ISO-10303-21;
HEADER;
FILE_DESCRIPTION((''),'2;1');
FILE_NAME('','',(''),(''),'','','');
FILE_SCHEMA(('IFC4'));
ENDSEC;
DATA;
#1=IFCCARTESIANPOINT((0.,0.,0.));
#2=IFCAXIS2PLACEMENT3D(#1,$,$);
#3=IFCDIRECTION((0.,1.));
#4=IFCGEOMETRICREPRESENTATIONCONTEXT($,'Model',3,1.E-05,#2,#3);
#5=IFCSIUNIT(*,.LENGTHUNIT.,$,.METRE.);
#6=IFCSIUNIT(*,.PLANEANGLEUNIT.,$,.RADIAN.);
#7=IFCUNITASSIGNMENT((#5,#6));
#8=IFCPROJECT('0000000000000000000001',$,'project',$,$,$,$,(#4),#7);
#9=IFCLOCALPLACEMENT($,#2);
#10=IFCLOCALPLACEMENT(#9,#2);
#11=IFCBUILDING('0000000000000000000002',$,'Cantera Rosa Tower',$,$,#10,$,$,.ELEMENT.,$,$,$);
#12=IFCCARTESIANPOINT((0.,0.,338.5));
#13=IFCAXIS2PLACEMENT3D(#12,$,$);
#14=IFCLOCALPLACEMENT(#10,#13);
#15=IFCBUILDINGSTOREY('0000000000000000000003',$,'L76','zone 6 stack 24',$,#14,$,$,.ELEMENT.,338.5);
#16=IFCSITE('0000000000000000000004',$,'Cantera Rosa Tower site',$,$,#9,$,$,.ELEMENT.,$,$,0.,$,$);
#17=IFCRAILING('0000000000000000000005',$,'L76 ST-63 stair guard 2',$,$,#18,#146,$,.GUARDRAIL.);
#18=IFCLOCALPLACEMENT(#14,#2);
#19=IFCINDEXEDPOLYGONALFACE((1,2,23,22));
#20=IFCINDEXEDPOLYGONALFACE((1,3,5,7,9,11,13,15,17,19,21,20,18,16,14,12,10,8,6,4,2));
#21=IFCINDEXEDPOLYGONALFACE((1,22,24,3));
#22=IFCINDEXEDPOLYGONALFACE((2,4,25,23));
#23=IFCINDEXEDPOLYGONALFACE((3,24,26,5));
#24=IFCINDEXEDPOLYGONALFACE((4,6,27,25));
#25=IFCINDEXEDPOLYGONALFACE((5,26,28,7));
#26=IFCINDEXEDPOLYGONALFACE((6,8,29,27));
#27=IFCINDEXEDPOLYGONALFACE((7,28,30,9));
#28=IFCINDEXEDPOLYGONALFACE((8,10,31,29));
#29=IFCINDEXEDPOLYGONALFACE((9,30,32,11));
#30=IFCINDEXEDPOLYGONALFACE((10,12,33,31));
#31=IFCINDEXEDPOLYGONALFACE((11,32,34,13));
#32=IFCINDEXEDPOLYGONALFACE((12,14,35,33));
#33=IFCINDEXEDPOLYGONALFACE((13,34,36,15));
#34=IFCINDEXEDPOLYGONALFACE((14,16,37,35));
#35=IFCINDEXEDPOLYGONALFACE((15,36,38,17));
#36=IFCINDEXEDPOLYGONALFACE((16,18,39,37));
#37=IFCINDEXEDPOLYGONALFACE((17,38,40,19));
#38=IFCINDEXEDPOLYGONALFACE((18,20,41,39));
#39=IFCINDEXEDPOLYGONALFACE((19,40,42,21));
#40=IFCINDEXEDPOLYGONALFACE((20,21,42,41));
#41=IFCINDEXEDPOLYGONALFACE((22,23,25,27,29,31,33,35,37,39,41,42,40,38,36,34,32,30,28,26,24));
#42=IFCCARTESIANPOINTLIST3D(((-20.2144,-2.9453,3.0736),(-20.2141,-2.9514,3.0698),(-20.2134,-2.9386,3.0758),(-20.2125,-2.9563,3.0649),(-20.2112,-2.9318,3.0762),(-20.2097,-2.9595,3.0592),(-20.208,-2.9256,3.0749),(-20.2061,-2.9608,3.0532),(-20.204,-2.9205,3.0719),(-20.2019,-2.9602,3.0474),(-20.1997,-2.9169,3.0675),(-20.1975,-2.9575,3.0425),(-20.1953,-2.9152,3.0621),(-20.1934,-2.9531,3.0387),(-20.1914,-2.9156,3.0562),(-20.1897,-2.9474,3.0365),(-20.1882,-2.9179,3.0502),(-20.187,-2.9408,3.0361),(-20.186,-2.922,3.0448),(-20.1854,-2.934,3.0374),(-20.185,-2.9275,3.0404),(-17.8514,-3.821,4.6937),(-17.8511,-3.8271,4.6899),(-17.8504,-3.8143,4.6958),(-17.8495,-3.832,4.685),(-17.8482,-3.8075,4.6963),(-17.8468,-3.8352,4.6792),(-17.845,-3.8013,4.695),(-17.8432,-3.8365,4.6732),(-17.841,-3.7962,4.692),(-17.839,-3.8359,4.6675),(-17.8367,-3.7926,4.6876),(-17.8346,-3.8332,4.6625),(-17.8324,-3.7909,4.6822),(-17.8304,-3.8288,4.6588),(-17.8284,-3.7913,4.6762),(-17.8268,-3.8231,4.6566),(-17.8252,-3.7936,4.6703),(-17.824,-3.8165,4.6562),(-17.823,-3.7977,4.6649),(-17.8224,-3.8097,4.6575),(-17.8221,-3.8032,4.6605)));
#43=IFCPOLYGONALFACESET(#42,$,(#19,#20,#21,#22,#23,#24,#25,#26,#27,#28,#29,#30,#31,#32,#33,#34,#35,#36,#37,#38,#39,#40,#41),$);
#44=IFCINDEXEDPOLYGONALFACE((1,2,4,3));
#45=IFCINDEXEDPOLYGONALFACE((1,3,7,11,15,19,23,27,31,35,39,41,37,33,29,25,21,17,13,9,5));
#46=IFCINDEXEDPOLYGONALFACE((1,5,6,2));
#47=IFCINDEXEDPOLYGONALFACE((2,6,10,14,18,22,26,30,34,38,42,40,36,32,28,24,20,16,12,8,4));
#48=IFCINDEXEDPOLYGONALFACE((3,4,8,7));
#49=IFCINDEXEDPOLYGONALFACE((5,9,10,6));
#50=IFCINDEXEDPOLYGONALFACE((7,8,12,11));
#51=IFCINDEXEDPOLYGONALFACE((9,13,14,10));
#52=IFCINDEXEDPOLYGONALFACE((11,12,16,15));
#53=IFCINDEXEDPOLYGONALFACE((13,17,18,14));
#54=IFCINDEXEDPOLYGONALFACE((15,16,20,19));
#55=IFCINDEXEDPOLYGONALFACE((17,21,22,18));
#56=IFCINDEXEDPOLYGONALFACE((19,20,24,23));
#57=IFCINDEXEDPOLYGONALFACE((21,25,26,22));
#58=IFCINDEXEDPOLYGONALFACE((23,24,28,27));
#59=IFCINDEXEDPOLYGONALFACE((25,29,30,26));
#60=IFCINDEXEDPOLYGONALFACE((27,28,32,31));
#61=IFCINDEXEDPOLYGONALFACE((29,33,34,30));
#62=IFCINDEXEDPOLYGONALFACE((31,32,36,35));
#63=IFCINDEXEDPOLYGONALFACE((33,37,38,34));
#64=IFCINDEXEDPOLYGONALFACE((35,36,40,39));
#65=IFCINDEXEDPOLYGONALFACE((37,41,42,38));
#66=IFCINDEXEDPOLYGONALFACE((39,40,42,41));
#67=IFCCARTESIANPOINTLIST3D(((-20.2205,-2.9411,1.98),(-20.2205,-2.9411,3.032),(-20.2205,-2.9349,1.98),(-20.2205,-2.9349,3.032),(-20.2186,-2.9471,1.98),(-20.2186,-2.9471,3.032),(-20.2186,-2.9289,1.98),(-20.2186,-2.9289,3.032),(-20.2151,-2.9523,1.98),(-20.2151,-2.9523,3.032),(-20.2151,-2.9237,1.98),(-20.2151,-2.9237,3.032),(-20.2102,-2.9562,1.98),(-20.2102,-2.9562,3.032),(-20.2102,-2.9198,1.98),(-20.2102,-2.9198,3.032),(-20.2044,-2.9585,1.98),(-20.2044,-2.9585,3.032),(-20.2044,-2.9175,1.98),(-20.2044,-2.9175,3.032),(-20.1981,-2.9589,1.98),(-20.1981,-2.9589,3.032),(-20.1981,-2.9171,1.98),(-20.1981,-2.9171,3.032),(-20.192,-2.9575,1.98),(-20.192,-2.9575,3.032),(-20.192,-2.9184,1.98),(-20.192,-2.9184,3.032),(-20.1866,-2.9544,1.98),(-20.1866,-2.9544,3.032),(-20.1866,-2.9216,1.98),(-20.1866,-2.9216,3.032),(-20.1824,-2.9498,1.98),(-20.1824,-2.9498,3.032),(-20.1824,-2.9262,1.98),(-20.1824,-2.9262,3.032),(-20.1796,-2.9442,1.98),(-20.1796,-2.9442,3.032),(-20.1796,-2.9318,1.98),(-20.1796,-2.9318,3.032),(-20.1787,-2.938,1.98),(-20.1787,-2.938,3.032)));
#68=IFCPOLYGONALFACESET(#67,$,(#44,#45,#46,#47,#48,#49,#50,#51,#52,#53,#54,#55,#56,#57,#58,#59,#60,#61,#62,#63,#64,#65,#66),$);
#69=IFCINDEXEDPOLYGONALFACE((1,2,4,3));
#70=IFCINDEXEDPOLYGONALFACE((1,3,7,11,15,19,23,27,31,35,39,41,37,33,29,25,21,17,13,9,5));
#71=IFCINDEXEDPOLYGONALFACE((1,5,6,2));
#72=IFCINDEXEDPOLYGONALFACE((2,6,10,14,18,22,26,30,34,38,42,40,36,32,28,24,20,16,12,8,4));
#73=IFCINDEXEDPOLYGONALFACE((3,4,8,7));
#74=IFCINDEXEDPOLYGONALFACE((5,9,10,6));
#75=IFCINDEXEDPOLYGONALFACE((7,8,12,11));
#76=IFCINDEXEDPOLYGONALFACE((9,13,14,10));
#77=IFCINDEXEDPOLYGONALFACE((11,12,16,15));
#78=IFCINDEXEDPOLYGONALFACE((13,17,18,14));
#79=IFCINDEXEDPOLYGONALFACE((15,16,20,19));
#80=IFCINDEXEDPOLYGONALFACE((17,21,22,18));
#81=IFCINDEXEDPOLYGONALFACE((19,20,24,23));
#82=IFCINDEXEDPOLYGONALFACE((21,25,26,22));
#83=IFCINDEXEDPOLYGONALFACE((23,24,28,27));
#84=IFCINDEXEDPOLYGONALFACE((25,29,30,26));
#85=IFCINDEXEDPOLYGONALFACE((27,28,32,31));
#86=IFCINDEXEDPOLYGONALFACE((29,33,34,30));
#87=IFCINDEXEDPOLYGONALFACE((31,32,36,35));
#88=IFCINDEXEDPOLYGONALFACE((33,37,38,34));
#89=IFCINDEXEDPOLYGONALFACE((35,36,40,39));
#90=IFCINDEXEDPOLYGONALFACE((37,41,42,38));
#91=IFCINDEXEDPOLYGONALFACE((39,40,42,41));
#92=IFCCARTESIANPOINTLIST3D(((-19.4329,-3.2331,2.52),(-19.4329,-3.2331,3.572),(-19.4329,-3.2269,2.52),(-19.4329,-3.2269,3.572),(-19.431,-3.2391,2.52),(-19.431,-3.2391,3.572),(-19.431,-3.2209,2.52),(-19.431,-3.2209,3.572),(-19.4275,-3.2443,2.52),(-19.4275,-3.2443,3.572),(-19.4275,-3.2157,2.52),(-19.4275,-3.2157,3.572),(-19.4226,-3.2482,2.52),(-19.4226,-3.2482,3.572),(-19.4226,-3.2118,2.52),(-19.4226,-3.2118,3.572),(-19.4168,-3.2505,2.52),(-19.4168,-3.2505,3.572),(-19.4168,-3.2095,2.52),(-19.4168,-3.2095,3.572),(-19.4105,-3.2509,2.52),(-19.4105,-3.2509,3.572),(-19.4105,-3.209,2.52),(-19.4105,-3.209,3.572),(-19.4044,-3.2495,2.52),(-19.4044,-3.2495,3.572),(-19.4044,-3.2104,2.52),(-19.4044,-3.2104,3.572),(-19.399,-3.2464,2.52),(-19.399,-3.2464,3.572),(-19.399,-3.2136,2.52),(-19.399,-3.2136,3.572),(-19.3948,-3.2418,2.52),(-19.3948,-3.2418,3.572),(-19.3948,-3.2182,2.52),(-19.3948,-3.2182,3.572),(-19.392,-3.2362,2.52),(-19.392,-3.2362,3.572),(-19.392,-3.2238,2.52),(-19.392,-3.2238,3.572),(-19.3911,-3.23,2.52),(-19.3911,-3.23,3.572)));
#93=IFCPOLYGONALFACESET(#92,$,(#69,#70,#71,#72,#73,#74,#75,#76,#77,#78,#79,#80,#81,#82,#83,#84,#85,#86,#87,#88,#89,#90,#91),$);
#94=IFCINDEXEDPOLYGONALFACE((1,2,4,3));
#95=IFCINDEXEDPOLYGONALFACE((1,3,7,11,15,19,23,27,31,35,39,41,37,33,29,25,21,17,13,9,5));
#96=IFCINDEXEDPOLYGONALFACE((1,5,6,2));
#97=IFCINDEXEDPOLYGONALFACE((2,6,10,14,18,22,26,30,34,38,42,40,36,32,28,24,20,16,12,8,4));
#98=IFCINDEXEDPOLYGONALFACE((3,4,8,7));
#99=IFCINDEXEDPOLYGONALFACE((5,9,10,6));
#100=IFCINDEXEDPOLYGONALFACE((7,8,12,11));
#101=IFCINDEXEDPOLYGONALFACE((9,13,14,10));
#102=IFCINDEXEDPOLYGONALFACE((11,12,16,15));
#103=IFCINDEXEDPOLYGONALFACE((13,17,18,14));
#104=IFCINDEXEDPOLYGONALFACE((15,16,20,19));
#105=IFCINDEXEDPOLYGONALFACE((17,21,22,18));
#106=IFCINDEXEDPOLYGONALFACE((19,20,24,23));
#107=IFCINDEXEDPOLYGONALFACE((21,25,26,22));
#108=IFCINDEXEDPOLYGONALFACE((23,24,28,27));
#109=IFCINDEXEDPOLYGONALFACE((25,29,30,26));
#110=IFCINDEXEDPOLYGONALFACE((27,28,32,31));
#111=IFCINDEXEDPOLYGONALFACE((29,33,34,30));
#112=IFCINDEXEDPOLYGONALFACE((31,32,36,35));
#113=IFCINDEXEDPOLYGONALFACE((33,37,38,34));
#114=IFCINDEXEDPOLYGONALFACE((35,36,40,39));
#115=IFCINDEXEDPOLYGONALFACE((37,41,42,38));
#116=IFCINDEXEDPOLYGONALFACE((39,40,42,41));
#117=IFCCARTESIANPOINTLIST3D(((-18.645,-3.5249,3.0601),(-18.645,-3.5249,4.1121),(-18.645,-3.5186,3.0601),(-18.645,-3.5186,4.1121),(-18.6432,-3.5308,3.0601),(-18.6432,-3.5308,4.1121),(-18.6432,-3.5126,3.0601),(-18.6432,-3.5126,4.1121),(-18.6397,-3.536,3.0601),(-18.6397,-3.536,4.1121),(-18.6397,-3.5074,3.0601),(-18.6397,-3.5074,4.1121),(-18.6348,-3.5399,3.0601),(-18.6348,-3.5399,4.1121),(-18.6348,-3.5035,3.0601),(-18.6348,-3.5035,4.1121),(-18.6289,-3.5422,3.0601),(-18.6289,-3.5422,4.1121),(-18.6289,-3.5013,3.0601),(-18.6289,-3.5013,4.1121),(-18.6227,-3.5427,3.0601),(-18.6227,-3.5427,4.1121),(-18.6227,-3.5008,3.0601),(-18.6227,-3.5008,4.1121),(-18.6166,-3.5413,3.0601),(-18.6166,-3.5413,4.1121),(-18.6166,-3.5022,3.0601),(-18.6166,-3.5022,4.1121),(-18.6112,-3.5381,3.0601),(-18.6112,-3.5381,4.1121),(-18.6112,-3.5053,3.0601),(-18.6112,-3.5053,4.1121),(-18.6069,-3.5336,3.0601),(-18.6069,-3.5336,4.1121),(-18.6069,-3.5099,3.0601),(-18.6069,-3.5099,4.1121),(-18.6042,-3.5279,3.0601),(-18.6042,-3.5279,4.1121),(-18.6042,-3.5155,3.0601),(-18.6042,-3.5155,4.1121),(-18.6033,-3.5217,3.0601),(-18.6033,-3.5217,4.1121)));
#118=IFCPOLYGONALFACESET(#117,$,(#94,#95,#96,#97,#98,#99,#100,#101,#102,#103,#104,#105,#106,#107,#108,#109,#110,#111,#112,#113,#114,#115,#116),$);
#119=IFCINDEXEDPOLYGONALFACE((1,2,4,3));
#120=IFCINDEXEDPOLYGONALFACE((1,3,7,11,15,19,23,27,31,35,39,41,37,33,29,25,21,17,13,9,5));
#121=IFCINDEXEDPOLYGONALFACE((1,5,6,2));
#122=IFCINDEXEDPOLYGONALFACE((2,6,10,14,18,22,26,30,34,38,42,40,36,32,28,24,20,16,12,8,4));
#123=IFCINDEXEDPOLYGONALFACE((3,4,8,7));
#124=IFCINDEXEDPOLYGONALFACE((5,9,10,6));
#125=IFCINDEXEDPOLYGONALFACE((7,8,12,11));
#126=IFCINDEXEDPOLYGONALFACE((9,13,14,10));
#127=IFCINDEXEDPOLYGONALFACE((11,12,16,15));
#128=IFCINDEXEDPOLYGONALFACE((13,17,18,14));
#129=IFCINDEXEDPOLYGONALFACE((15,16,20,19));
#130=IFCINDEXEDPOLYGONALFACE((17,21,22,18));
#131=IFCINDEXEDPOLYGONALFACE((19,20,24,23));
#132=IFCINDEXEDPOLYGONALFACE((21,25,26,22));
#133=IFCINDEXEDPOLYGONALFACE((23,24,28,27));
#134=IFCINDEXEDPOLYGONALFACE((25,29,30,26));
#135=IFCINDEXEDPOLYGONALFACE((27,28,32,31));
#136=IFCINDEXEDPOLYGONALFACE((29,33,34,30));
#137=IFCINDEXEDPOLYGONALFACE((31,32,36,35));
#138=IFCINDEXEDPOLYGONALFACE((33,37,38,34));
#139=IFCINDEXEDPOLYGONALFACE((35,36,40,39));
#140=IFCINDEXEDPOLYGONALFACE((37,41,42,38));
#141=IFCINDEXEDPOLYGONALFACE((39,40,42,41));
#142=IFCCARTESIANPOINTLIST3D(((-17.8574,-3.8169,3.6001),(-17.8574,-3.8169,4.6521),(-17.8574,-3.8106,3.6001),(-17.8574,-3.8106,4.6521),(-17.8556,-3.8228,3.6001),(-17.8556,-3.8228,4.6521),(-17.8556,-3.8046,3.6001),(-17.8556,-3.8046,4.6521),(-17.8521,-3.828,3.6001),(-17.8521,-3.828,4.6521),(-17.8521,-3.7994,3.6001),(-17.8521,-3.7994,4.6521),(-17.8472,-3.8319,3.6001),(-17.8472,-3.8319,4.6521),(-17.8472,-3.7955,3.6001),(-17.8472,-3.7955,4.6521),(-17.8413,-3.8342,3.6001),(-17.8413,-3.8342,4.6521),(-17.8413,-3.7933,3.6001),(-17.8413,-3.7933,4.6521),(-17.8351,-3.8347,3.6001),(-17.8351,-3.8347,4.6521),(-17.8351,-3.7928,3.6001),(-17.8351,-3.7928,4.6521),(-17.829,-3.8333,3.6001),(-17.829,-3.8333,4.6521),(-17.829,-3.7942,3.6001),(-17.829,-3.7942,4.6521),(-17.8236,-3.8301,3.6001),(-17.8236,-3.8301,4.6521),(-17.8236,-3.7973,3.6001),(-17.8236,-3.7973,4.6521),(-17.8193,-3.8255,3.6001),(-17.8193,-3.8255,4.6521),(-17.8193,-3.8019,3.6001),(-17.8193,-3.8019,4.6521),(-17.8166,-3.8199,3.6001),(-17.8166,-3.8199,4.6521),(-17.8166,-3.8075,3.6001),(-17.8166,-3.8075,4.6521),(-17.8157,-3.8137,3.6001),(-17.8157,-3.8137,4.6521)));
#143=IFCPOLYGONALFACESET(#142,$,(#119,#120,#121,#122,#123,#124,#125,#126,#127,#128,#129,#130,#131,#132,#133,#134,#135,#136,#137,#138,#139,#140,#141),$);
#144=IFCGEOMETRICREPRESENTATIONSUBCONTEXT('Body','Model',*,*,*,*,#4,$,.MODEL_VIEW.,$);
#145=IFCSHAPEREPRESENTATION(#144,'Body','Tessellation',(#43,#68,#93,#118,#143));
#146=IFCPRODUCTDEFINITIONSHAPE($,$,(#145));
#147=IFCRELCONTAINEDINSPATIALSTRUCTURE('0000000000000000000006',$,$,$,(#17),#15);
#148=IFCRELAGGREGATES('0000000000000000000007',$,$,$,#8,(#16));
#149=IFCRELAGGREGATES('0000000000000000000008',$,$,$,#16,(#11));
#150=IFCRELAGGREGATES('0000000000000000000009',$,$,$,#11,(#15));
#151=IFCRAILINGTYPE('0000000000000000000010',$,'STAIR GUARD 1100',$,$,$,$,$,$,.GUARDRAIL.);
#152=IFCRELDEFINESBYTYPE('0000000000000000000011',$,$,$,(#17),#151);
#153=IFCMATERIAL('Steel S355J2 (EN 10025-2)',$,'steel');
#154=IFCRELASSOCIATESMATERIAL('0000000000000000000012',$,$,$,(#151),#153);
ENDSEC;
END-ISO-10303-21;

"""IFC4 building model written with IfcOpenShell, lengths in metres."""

from ifc_helpers import new_model, si_unit, direction, frame, origin, origin_2d, place, context, subcontext, project, spatial, circle, extrude, material, type_object, element, save


model = new_model("IFC4")

# Units and contexts
model_context = context("Model", 3, precision=1e-05, world=origin(), true_north=direction((0.0, 1.0)))
body_context = subcontext(model_context, "Body", "Model", "MODEL_VIEW")
ifc_project = project(units=[si_unit("LENGTHUNIT", "METRE"), si_unit("PLANEANGLEUNIT", "RADIAN")], contexts=[model_context])

# Site, building, storey
site_placement = place(None, origin())
site = spatial("IfcSite", under=ifc_project, at=site_placement, Name="Cantera Rosa Tower site", CompositionType="ELEMENT", RefElevation=0.0)
building_placement = place(site_placement, origin())
building = spatial("IfcBuilding", under=site, at=building_placement, Name="Cantera Rosa Tower", CompositionType="ELEMENT")
storey_placement = place(building_placement, frame((0.0, 0.0, 338.5)))
storey = spatial("IfcBuildingStorey", under=building, at=storey_placement, Name="L76", Description="zone 6 stack 24", CompositionType="ELEMENT", Elevation=338.5)

# Railing
ifc_material_1 = material(Name="Steel S355J2 (EN 10025-2)", Category="steel")
railing_type_1 = type_object("IfcRailingType", Name="STAIR GUARD 1100", PredefinedType="GUARDRAIL", material=ifc_material_1)
railing_1_placement = place(storey_placement, frame((-20.1997, -2.938, 1.98)))
element("IfcRailing", 1, at=railing_1_placement, inside=storey, type_object=railing_type_1, Name="L76 ST-63 stair guard 2", PredefinedType="GUARDRAIL", context=body_context, shape_type="SweptSolid", body=[
    extrude(circle(Radius=0.0239, at=origin_2d()), frame((0.0, 0.0, 1.0762), z_axis=(0.788748, -0.292307, 0.540772), x_axis=(0.347501, 0.93768, 0.0)), (0.0, 0.0, 1.0), 2.9958),
    extrude(circle(Radius=0.021, at=origin_2d()), origin(), (0.0, 0.0, 1.0), 1.052),
    extrude(circle(Radius=0.021, at=origin_2d()), frame((0.7876, -0.292, 0.54)), (0.0, 0.0, 1.0), 1.052),
    extrude(circle(Radius=0.021, at=origin_2d()), frame((1.5754, -0.5837, 1.0801)), (0.0, 0.0, 1.0), 1.052),
    extrude(circle(Radius=0.021, at=origin_2d()), frame((2.363, -0.8757, 1.6201)), (0.0, 0.0, 1.0), 1.052),
])

save(model, "model.ifc")
